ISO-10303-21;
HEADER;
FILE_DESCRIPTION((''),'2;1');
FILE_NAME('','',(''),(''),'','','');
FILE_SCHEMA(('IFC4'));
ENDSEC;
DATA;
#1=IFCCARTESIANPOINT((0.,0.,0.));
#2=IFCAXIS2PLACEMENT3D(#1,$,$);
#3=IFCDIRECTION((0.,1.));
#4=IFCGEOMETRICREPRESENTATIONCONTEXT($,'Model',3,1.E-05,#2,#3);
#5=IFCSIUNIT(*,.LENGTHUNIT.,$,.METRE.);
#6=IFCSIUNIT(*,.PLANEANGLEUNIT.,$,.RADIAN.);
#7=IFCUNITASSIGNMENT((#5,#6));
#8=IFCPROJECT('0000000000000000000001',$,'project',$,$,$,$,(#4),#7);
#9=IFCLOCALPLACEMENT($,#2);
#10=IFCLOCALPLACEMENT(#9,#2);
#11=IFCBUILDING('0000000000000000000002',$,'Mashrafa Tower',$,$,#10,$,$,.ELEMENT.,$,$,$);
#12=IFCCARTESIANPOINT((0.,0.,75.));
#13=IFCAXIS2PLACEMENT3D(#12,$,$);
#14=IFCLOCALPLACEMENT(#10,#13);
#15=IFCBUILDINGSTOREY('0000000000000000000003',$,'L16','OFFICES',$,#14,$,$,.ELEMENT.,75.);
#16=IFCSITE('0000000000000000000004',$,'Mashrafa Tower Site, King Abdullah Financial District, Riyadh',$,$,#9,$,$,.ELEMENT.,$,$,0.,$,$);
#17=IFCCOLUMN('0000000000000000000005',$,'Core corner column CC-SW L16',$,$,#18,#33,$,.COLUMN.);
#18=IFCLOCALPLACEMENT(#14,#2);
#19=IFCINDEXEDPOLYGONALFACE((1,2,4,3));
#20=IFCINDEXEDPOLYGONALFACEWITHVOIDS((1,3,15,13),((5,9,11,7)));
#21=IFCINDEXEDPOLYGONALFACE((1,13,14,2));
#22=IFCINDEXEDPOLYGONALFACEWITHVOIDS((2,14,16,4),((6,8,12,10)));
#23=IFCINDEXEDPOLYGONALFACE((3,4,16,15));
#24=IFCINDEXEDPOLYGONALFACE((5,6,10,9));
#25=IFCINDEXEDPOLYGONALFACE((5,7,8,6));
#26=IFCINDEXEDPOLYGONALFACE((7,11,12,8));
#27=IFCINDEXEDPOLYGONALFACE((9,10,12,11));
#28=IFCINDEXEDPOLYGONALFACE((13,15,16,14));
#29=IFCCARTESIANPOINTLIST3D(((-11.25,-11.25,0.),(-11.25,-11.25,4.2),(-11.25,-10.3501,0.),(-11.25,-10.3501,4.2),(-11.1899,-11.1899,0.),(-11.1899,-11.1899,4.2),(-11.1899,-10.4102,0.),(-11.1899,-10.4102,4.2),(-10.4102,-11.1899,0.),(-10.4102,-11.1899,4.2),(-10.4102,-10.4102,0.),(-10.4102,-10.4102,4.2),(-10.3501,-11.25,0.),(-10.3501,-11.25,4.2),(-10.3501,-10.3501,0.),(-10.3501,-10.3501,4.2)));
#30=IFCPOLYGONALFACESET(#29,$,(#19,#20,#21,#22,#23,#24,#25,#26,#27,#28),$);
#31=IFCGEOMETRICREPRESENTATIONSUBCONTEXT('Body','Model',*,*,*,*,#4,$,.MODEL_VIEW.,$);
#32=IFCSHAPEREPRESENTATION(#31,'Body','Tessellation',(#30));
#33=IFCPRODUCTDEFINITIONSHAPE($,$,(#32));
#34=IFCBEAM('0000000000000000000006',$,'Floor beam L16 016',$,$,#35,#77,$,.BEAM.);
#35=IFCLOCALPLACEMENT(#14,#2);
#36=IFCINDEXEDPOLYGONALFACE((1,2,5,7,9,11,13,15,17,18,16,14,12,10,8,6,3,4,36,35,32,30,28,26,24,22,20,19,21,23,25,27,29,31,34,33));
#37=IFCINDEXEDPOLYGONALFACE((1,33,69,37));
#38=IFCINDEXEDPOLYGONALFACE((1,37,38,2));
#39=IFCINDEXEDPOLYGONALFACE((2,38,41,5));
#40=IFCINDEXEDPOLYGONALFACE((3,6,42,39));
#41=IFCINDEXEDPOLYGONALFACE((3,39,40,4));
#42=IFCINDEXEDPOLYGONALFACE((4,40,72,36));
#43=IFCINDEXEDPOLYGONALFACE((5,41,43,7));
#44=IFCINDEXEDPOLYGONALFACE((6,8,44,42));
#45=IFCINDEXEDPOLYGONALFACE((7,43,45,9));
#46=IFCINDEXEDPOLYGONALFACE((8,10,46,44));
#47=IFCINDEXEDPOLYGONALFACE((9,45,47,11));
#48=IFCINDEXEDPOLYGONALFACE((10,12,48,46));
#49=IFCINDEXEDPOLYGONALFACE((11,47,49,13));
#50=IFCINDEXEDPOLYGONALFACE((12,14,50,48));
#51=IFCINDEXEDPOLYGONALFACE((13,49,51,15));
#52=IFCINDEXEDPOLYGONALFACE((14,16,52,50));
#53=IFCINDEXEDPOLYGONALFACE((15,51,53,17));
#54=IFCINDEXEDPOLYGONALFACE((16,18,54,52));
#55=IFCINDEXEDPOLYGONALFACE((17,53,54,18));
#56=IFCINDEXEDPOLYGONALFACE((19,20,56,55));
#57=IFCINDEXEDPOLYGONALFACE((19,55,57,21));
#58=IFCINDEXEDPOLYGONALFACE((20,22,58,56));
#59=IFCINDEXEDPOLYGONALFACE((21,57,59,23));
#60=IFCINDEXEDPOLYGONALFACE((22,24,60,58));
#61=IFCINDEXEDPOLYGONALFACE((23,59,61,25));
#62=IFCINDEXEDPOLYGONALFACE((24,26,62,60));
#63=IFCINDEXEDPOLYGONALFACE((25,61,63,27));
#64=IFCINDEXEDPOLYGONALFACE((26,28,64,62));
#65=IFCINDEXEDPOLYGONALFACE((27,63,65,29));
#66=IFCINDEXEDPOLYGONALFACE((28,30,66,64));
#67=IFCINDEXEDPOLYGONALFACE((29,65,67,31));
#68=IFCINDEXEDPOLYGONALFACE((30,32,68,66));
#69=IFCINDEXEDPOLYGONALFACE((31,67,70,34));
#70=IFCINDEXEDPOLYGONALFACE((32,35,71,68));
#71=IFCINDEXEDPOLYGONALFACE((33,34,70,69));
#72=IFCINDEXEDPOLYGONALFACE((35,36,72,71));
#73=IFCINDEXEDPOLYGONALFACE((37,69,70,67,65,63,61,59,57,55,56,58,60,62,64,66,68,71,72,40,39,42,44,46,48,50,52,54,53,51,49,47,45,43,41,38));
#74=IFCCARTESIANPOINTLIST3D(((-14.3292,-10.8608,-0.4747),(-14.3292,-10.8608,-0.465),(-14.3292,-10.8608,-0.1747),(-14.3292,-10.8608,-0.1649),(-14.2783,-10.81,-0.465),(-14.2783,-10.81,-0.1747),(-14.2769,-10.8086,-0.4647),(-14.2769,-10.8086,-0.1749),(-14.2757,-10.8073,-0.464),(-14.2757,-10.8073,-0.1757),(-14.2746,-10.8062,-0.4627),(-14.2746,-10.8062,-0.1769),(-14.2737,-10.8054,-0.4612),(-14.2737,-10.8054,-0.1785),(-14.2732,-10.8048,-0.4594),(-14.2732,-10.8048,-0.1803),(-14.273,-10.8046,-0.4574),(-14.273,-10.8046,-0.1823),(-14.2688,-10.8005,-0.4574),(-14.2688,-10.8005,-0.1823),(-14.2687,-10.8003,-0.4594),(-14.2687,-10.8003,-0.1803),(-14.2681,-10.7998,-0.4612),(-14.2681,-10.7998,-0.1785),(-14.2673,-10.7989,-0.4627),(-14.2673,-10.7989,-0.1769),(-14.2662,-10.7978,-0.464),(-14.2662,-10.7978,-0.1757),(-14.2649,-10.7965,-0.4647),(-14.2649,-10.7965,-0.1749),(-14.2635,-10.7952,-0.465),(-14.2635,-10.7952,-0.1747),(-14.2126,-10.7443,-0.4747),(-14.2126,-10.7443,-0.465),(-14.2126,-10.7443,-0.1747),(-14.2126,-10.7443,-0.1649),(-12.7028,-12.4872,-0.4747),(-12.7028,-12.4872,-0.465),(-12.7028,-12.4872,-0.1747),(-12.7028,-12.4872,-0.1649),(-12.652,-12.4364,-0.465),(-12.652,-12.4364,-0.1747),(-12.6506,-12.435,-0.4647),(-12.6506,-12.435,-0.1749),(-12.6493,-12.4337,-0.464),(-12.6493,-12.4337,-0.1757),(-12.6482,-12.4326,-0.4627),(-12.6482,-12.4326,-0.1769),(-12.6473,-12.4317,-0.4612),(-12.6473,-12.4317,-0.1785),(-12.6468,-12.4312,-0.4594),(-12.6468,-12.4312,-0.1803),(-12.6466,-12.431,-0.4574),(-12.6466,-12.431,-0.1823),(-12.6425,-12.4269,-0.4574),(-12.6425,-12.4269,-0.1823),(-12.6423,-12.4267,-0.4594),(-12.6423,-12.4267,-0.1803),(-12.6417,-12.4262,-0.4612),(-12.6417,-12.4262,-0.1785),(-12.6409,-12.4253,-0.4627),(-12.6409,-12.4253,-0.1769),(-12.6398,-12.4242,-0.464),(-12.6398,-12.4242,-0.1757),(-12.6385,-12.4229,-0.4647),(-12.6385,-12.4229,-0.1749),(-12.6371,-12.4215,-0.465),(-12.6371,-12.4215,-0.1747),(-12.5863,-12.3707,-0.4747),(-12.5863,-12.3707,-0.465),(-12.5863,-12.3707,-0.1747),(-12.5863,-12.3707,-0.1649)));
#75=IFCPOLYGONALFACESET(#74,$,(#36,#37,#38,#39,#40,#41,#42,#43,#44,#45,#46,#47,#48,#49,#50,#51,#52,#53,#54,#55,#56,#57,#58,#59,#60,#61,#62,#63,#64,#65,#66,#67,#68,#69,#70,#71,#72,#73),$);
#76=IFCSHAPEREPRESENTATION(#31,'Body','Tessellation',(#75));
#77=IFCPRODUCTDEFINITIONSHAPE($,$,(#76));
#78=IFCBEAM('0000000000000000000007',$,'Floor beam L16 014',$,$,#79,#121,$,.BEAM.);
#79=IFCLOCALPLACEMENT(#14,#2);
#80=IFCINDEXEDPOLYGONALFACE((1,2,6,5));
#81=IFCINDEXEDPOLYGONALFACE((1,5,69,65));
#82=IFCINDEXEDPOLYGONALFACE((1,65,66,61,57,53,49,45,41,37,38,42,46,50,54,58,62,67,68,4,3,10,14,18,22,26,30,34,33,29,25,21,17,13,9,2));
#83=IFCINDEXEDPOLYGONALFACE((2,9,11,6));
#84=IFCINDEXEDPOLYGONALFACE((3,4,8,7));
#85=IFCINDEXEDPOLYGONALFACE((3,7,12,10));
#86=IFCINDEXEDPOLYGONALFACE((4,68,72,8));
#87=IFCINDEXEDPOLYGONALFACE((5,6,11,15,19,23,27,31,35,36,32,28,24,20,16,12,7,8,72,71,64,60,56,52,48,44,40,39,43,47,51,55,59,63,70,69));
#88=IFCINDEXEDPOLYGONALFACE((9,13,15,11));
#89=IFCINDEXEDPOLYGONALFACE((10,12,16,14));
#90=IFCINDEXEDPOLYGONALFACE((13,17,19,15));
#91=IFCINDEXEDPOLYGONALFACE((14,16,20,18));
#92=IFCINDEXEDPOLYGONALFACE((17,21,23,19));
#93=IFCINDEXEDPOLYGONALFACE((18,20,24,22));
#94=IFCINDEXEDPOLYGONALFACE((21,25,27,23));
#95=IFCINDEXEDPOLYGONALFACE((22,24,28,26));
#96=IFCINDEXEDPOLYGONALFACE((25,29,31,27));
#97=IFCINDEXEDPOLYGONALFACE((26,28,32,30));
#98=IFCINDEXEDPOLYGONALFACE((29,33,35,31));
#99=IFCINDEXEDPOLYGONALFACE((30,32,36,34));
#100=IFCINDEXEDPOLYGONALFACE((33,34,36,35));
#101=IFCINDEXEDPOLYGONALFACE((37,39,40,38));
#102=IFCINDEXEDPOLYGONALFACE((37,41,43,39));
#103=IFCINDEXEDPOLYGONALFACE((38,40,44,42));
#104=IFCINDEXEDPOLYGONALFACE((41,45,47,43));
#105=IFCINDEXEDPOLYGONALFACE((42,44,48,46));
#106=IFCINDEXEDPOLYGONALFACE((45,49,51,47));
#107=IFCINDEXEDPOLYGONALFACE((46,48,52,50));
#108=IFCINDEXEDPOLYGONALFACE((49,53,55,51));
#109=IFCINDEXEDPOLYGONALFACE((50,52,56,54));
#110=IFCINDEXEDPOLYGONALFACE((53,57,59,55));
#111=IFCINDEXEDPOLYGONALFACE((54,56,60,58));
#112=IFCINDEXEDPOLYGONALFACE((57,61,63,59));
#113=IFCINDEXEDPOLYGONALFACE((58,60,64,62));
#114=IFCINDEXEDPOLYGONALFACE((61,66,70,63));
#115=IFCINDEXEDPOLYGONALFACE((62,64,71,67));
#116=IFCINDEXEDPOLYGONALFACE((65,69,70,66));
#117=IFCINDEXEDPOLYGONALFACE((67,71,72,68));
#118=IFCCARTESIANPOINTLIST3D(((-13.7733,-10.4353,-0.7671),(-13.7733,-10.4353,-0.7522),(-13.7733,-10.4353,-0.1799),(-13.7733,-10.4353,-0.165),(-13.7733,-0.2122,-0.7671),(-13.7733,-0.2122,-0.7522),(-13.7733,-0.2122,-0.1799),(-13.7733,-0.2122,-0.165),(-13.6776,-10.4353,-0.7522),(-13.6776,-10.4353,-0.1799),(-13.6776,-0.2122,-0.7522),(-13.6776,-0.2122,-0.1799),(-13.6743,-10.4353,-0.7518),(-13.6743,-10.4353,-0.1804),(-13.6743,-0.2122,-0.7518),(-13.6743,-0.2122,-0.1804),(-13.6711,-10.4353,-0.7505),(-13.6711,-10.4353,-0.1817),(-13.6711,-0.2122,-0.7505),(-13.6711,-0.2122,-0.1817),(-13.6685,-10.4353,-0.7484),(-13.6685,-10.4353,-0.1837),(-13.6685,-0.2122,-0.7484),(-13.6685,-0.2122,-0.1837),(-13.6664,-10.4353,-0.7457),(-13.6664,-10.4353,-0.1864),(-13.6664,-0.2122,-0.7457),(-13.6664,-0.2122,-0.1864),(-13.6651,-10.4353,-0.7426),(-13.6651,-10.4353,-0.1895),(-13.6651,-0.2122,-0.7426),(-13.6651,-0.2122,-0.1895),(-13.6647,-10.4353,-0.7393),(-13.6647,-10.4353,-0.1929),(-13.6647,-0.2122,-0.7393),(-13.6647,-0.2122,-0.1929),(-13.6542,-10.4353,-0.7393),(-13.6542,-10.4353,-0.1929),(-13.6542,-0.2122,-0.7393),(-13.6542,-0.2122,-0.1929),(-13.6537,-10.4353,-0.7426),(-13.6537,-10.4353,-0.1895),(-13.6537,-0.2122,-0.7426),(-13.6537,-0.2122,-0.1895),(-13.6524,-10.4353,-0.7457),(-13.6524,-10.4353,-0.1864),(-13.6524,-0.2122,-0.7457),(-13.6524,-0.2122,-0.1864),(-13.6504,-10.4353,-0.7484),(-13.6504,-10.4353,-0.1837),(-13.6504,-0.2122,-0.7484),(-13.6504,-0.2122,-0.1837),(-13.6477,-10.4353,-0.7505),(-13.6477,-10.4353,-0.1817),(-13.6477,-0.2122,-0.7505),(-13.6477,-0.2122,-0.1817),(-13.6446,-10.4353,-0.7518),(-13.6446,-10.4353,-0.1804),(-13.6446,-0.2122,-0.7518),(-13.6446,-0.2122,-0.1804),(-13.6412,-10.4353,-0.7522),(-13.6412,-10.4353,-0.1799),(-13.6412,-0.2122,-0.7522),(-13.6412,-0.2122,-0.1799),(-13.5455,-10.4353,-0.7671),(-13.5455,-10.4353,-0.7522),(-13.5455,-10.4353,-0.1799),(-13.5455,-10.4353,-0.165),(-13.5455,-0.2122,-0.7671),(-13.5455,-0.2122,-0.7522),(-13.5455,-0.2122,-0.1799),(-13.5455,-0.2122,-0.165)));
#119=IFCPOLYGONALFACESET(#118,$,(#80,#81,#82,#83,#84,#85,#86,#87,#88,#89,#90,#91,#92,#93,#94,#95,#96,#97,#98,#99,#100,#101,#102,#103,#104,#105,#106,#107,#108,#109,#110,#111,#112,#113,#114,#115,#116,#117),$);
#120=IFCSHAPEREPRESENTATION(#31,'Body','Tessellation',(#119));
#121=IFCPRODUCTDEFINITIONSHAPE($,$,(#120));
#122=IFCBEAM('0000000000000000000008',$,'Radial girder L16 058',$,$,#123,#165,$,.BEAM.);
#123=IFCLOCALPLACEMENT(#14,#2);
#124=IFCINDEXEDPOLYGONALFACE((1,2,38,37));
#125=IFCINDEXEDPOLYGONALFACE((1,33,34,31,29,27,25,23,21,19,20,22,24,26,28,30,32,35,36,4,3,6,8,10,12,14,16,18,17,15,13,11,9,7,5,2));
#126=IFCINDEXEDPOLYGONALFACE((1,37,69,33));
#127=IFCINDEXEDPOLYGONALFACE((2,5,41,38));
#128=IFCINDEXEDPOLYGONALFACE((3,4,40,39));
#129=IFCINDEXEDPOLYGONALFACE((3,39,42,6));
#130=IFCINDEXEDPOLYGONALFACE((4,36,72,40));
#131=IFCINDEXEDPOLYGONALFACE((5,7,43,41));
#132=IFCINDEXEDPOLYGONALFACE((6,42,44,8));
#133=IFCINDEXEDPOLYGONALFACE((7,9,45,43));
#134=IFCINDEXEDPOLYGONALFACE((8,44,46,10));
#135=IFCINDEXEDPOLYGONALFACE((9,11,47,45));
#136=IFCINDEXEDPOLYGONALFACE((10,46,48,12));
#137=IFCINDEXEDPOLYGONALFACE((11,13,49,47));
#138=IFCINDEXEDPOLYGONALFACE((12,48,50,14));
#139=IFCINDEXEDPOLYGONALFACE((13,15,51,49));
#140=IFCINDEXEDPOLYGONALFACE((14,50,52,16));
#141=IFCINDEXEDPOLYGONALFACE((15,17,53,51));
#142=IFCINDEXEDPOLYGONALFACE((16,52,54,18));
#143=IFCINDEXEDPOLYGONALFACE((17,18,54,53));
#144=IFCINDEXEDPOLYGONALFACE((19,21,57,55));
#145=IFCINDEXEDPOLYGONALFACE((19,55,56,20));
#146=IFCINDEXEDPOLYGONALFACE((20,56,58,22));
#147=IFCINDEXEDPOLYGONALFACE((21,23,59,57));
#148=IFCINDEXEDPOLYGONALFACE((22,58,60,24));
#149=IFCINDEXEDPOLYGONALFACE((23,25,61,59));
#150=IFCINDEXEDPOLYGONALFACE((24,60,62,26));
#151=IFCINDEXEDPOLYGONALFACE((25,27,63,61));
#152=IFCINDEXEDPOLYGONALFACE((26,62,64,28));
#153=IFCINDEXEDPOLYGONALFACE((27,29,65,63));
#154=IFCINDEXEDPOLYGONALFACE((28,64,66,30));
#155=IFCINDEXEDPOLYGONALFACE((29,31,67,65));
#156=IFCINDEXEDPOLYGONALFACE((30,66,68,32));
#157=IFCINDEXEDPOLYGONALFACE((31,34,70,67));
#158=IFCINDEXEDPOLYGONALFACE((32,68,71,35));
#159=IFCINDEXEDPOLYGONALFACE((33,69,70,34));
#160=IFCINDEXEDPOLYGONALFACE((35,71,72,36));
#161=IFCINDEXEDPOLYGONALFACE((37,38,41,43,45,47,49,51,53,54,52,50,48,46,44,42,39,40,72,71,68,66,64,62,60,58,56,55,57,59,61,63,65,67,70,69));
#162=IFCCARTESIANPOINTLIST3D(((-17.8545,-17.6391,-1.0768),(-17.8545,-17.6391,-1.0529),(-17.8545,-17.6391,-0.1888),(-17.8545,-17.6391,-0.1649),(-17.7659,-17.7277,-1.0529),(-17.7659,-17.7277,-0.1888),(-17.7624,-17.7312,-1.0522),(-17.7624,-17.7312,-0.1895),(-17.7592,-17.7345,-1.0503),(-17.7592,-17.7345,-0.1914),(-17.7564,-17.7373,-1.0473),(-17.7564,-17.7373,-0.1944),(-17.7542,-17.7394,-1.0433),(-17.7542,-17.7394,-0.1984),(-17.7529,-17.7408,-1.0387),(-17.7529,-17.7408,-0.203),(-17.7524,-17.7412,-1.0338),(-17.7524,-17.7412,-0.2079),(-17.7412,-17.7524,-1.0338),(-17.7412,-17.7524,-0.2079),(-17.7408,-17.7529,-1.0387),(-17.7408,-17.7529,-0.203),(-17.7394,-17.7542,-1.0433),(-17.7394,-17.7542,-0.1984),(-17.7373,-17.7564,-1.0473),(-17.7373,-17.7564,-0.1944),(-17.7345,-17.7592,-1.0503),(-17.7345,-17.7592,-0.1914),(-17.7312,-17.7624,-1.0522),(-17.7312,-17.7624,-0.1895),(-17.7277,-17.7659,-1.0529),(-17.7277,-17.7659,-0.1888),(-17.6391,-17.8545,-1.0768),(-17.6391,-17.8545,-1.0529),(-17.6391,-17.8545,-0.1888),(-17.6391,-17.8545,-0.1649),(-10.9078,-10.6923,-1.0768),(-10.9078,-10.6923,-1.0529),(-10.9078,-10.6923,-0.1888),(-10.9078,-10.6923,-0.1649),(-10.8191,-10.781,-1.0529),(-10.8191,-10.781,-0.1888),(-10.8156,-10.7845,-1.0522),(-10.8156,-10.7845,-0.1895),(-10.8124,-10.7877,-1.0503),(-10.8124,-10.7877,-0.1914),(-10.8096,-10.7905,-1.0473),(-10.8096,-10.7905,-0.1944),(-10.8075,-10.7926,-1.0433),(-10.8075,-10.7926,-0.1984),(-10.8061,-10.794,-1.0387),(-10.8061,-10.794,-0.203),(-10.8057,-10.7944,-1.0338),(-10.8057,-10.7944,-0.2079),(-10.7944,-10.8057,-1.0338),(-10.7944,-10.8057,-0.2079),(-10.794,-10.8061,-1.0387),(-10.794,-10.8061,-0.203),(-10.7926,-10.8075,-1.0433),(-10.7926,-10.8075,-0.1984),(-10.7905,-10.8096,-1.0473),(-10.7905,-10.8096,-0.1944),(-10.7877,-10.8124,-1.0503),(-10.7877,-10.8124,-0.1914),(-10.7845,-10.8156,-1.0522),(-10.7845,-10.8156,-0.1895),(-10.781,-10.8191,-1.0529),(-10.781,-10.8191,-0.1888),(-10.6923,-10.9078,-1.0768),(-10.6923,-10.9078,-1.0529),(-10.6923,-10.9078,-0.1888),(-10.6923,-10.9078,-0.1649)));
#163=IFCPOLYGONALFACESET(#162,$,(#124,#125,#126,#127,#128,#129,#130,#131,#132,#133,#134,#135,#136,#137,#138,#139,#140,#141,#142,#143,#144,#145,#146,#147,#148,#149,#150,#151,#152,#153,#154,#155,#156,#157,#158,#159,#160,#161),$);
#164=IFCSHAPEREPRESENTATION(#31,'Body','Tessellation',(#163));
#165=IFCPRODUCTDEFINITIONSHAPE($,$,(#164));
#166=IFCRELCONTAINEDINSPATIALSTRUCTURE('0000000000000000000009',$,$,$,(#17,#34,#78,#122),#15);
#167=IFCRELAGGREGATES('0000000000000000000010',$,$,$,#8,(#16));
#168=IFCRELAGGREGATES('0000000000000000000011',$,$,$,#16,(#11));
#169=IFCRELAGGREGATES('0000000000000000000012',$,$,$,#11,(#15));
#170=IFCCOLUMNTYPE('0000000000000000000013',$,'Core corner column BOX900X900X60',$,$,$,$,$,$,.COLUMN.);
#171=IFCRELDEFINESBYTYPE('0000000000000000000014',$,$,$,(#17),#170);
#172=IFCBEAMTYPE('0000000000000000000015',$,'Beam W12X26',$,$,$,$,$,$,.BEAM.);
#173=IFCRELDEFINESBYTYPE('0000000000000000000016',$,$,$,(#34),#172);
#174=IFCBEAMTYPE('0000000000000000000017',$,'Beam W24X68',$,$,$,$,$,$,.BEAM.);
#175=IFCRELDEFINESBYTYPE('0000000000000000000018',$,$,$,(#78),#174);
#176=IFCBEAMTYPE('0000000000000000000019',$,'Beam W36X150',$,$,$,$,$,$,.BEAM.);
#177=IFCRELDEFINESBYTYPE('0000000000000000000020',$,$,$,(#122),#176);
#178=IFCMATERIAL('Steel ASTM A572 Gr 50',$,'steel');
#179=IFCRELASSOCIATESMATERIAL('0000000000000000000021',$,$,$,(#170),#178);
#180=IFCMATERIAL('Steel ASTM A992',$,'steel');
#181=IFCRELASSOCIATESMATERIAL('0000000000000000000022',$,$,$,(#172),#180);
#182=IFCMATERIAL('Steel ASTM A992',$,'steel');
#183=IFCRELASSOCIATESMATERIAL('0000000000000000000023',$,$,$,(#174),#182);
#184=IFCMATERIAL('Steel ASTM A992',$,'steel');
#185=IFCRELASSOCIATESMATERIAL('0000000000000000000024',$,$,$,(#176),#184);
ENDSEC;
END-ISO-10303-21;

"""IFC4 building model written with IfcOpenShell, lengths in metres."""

from ifc_helpers import new_model, si_unit, direction, frame, origin, origin_2d, place, context, subcontext, project, spatial, hollow_rectangle, i_section, extrude, material, material_profile, profile_set, type_object, element, save


model = new_model("IFC4")

# Units and contexts
model_context = context("Model", 3, precision=1e-05, world=origin(), true_north=direction((0.0, 1.0)))
body_context = subcontext(model_context, "Body", "Model", "MODEL_VIEW")
ifc_project = project(units=[si_unit("LENGTHUNIT", "METRE"), si_unit("PLANEANGLEUNIT", "RADIAN")], contexts=[model_context])

# Site, building, storey
site_placement = place(None, origin())
site = spatial("IfcSite", under=ifc_project, at=site_placement, Name="Mashrafa Tower Site, King Abdullah Financial District, Riyadh", CompositionType="ELEMENT", RefElevation=0.0)
building_placement = place(site_placement, origin())
building = spatial("IfcBuilding", under=site, at=building_placement, Name="Mashrafa Tower", CompositionType="ELEMENT")
storey_placement = place(building_placement, frame((0.0, 0.0, 75.0)))
storey = spatial("IfcBuildingStorey", under=building, at=storey_placement, Name="L16", Description="OFFICES", CompositionType="ELEMENT", Elevation=75.0)

# Column
ifc_material_1 = material(Name="Steel ASTM A572 Gr 50", Category="steel")
ifc_material_profile_1 = material_profile(ifc_material_1, hollow_rectangle(XDim=0.8999, YDim=0.8999, WallThickness=0.0601, at=origin_2d()), Name="BOX900X900X60")
ifc_profile_set_1 = profile_set([ifc_material_profile_1], Name="Steel ASTM A572 Gr 50")
column_type = type_object("IfcColumnType", Name="Core corner column BOX900X900X60", PredefinedType="COLUMN", material=ifc_profile_set_1)
column_placement = place(storey_placement, frame((-10.8, -10.8, 0.0), z_axis=(0.0, 0.0, 1.0), x_axis=(1.0, 0.0, 0.0)))
element("IfcColumn", 1, at=column_placement, inside=storey, type_object=column_type, Name="Core corner column CC-SW L16", PredefinedType="COLUMN", context=body_context, shape_type="SweptSolid", body=[
    extrude(hollow_rectangle(XDim=0.8999, YDim=0.8999, WallThickness=0.0601, at=origin_2d()), origin(), (0.0, 0.0, 1.0), 4.2),
])

# Beams
ifc_material_2 = material(Name="Steel ASTM A992", Category="steel")
ifc_material_profile_2 = material_profile(ifc_material_2, i_section(OverallWidth=0.1648, OverallDepth=0.3098, WebThickness=0.0059, FlangeThickness=0.0098, FilletRadius=0.0076, at=origin_2d()), Name="W12X26")
ifc_profile_set_2 = profile_set([ifc_material_profile_2], Name="Steel ASTM A992")
beam_type_1 = type_object("IfcBeamType", Name="Beam W12X26", PredefinedType="BEAM", material=ifc_profile_set_2)
beam_1_placement = place(storey_placement, frame((-12.6445, -12.429, -0.3198), z_axis=(-0.707107, 0.707107, 0.0), x_axis=(-0.707107, -0.707107, 0.0)))
element("IfcBeam", 2, at=beam_1_placement, inside=storey, type_object=beam_type_1, Name="Floor beam L16 016", PredefinedType="BEAM", context=body_context, shape_type="SweptSolid", body=[
    extrude(i_section(OverallWidth=0.1648, OverallDepth=0.3098, WebThickness=0.0059, FlangeThickness=0.0098, FilletRadius=0.0076, at=origin_2d()), origin(), (0.0, 0.0, 1.0), 2.3),
])
ifc_material_3 = material(Name="Steel ASTM A992", Category="steel")
ifc_material_profile_3 = material_profile(ifc_material_3, i_section(OverallWidth=0.2278, OverallDepth=0.6021, WebThickness=0.0105, FlangeThickness=0.0149, FilletRadius=0.0129, at=origin_2d()), Name="W24X68")
ifc_profile_set_3 = profile_set([ifc_material_profile_3], Name="Steel ASTM A992")
beam_type_2 = type_object("IfcBeamType", Name="Beam W24X68", PredefinedType="BEAM", material=ifc_profile_set_3)
beam_2_placement = place(storey_placement, frame((-13.6594, -10.4353, -0.4661), z_axis=(0.0, 1.0, 0.0), x_axis=(-1.0, 0.0, 0.0)))
element("IfcBeam", 3, at=beam_2_placement, inside=storey, type_object=beam_type_2, Name="Floor beam L16 014", PredefinedType="BEAM", context=body_context, shape_type="SweptSolid", body=[
    extrude(i_section(OverallWidth=0.2278, OverallDepth=0.6021, WebThickness=0.0105, FlangeThickness=0.0149, FilletRadius=0.0129, at=origin_2d()), origin(), (0.0, 0.0, 1.0), 10.2231),
])
ifc_material_4 = material(Name="Steel ASTM A992", Category="steel")
ifc_material_profile_4 = material_profile(ifc_material_4, i_section(OverallWidth=0.3047, OverallDepth=0.9119, WebThickness=0.0159, FlangeThickness=0.0239, FilletRadius=0.019, at=origin_2d()), Name="W36X150")
ifc_profile_set_4 = profile_set([ifc_material_profile_4], Name="Steel ASTM A992")
beam_type_3 = type_object("IfcBeamType", Name="Beam W36X150", PredefinedType="BEAM", material=ifc_profile_set_4)
beam_3_placement = place(storey_placement, frame((-10.8, -10.8, -0.6208), z_axis=(-0.707107, -0.707107, 0.0), x_axis=(0.707107, -0.707107, 0.0)))
element("IfcBeam", 4, at=beam_3_placement, inside=storey, type_object=beam_type_3, Name="Radial girder L16 058", PredefinedType="BEAM", context=body_context, shape_type="SweptSolid", body=[
    extrude(i_section(OverallWidth=0.3047, OverallDepth=0.9119, WebThickness=0.0159, FlangeThickness=0.0239, FilletRadius=0.019, at=origin_2d()), origin(), (0.0, 0.0, 1.0), 9.8242),
])

save(model, "model.ifc")
